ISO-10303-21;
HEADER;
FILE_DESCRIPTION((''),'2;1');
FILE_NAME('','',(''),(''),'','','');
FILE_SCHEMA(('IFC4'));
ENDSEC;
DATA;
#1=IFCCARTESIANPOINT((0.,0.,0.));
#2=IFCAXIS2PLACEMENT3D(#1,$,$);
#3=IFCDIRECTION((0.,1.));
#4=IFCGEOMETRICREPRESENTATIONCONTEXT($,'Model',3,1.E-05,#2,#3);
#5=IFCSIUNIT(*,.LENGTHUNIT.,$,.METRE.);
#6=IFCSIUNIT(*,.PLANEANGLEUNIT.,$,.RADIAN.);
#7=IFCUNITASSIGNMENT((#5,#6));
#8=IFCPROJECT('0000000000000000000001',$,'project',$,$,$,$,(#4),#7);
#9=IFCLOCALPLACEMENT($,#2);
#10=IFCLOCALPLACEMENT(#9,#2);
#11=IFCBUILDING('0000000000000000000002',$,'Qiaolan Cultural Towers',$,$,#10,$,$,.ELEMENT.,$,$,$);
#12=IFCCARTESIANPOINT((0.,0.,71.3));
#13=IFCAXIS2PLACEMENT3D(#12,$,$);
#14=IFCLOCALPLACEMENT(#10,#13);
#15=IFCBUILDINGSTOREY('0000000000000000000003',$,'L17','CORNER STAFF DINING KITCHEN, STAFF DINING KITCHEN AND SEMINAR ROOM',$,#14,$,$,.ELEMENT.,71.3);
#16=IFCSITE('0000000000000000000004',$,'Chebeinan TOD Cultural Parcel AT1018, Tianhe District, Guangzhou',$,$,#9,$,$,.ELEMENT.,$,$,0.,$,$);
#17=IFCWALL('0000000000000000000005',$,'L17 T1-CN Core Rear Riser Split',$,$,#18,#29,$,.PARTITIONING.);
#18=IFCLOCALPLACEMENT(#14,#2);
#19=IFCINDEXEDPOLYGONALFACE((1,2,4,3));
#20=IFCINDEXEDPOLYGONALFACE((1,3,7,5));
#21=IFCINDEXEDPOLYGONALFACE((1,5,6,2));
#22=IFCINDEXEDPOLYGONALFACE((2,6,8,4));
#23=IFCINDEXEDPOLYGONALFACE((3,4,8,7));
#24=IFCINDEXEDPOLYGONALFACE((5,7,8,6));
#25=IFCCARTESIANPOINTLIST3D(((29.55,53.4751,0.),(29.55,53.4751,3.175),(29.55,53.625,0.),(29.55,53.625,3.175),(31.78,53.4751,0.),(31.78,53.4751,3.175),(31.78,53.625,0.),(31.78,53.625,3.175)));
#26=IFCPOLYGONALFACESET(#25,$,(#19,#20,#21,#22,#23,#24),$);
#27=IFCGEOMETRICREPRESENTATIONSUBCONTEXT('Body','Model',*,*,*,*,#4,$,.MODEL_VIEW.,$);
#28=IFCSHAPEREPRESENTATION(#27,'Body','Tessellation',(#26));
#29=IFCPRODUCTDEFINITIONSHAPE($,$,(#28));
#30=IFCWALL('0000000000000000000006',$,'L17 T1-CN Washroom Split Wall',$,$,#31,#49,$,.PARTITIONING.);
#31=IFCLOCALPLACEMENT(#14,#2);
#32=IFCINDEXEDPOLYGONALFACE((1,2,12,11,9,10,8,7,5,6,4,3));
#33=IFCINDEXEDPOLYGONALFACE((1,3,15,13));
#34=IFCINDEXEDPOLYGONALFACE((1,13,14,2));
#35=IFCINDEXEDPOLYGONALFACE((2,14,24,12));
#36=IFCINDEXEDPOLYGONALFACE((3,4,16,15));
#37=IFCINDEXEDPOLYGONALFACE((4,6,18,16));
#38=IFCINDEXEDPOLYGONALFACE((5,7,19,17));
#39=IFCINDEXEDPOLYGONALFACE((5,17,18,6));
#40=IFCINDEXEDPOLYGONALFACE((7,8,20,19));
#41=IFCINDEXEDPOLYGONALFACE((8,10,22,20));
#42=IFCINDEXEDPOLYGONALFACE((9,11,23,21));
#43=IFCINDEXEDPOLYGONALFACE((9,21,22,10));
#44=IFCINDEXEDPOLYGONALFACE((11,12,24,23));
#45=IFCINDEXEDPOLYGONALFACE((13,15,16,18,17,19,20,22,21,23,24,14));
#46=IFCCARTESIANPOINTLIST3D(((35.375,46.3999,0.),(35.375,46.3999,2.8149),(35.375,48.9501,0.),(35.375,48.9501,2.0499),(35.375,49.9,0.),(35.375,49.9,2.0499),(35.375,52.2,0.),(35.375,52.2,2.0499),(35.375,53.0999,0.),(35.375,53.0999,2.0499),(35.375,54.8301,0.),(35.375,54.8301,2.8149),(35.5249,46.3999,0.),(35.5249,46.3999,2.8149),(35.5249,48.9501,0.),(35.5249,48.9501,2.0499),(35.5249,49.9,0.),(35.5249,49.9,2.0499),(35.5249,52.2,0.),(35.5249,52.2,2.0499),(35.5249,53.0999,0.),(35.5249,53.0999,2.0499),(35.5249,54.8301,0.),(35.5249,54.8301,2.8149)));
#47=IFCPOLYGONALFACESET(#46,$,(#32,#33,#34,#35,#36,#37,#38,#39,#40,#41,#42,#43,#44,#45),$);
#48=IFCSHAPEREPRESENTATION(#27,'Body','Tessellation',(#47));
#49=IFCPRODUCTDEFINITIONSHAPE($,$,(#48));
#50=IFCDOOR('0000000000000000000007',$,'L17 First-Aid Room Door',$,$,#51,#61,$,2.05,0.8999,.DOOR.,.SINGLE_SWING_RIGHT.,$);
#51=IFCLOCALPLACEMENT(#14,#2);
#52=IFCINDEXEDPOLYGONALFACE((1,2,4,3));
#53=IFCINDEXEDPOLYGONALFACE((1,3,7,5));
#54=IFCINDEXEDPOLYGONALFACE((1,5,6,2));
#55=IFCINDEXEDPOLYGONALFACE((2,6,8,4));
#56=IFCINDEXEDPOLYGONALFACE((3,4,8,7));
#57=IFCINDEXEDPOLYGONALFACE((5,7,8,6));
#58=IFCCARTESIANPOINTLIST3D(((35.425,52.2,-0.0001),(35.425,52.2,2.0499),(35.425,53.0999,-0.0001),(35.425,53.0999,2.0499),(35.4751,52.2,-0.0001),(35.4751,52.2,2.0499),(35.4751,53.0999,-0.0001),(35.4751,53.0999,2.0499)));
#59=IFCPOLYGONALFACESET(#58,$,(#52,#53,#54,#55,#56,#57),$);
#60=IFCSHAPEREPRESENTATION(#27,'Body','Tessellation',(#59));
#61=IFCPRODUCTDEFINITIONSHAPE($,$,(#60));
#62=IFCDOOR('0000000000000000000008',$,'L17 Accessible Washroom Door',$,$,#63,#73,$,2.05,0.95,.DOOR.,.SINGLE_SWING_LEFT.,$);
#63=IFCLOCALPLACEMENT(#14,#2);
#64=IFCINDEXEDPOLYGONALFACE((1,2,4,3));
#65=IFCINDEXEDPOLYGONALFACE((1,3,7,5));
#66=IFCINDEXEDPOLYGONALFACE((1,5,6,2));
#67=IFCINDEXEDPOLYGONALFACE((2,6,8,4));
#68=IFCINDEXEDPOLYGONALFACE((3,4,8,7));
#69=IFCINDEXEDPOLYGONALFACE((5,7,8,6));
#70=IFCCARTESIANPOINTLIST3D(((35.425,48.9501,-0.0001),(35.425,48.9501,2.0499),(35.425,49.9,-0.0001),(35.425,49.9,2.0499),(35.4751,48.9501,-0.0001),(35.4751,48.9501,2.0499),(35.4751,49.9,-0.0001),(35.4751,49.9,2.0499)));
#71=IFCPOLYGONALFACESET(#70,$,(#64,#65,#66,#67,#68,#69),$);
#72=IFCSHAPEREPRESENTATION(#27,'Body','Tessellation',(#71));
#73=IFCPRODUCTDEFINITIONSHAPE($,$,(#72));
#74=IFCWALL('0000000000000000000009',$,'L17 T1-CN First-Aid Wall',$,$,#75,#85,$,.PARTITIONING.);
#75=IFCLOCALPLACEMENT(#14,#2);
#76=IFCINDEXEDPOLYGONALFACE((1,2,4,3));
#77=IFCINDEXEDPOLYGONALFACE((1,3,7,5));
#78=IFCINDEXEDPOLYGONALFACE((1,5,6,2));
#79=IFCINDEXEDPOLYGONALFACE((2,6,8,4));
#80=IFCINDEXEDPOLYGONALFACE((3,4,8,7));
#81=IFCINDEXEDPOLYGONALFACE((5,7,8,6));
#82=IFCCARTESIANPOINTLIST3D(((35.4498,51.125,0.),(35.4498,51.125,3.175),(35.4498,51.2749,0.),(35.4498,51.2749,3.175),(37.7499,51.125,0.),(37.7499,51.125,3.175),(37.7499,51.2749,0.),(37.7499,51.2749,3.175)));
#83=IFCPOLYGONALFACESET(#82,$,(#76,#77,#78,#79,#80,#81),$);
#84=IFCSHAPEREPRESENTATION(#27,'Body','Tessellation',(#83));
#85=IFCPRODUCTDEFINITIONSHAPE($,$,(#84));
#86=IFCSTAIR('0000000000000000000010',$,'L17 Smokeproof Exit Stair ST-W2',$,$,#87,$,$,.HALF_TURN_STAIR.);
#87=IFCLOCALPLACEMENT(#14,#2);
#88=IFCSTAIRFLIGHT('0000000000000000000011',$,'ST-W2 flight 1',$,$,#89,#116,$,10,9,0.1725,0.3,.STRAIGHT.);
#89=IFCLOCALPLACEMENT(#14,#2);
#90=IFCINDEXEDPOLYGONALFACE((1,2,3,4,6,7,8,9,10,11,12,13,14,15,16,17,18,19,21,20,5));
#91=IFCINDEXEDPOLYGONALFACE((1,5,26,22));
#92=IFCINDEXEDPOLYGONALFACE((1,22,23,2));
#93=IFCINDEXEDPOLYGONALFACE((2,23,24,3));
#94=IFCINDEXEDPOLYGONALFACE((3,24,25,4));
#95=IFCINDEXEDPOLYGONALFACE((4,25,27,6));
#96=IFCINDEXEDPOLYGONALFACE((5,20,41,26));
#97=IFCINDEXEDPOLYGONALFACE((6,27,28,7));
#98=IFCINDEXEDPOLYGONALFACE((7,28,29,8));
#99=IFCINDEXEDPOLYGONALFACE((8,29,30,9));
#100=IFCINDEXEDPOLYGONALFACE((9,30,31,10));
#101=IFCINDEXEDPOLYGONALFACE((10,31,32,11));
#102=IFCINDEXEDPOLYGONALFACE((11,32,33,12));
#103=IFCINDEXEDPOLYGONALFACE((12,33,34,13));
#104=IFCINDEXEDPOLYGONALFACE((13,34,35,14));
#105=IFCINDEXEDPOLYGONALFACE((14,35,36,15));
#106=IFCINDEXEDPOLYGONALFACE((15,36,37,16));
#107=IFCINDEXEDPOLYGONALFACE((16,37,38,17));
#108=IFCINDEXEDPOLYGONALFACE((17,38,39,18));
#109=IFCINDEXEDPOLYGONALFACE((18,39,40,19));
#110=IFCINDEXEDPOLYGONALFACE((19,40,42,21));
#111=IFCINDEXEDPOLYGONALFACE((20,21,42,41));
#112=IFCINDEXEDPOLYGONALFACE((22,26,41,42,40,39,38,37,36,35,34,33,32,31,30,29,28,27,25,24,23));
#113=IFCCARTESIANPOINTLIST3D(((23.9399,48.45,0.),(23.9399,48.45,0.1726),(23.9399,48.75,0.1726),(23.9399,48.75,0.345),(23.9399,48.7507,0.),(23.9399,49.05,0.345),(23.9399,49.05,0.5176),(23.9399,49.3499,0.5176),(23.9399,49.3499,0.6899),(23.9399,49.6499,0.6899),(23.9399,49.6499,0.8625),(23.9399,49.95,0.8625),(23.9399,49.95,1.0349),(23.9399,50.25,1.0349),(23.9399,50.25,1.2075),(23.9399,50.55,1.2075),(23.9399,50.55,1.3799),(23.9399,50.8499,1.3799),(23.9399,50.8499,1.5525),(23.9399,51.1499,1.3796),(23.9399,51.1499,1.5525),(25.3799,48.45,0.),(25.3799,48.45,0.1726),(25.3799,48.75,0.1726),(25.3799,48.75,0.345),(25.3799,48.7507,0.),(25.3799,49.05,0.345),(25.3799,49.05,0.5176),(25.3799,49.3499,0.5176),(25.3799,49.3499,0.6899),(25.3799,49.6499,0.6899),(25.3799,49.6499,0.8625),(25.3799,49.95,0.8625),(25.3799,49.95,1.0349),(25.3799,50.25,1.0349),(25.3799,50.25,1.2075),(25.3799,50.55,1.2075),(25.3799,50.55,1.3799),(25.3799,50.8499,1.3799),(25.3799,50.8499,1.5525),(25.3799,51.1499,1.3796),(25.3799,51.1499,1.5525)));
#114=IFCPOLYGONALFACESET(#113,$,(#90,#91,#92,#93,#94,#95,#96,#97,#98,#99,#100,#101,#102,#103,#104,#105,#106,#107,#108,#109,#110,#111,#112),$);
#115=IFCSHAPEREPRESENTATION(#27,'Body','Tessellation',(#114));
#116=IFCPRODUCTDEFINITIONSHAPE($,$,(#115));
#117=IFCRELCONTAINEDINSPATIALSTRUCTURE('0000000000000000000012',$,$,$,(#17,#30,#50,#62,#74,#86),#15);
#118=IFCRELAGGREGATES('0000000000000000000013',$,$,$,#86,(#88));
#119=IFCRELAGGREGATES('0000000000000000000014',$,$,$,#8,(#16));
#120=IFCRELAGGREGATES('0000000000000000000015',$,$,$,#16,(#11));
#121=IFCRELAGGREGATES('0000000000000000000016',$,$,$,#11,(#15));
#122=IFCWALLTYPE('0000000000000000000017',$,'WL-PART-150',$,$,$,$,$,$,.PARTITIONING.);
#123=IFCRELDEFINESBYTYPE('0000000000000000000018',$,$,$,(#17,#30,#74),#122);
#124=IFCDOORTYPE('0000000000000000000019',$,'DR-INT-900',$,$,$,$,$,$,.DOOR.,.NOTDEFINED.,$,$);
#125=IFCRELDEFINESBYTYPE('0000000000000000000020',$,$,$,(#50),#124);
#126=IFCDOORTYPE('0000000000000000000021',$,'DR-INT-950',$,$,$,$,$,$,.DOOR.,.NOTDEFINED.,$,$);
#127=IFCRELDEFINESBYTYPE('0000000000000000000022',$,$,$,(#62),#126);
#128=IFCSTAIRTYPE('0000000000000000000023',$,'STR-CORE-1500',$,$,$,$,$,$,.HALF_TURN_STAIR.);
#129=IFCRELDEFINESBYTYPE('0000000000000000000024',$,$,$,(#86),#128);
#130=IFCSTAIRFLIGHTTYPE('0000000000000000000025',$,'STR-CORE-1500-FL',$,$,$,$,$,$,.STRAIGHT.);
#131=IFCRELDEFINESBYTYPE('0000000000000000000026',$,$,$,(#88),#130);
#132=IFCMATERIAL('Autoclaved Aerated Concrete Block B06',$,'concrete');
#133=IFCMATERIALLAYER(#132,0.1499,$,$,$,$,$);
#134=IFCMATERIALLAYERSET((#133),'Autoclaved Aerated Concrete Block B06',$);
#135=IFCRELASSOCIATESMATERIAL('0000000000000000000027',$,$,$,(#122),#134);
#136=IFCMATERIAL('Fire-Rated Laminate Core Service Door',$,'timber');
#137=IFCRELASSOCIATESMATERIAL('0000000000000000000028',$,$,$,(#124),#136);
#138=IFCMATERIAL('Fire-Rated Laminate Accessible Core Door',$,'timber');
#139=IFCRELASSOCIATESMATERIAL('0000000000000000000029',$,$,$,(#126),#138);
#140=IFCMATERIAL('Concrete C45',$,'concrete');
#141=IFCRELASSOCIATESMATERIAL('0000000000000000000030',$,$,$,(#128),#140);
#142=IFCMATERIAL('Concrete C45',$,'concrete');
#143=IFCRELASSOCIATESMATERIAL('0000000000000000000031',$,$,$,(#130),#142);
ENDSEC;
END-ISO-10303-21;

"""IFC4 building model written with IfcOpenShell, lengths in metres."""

from ifc_helpers import new_model, si_unit, direction, frame, frame_2d, origin, place, context, subcontext, project, spatial, polyline, rectangle, outline, extrude, material, layer, layer_set, type_object, element, fill, aggregate, save


model = new_model("IFC4")

# Units and contexts
model_context = context("Model", 3, precision=1e-05, world=origin(), true_north=direction((0.0, 1.0)))
body_context = subcontext(model_context, "Body", "Model", "MODEL_VIEW")
ifc_project = project(units=[si_unit("LENGTHUNIT", "METRE"), si_unit("PLANEANGLEUNIT", "RADIAN")], contexts=[model_context])

# Site, building, storey
site_placement = place(None, origin())
site = spatial("IfcSite", under=ifc_project, at=site_placement, Name="Chebeinan TOD Cultural Parcel AT1018, Tianhe District, Guangzhou", CompositionType="ELEMENT", RefElevation=0.0)
building_placement = place(site_placement, origin())
building = spatial("IfcBuilding", under=site, at=building_placement, Name="Qiaolan Cultural Towers", CompositionType="ELEMENT")
storey_placement = place(building_placement, frame((0.0, 0.0, 71.3)))
storey = spatial("IfcBuildingStorey", under=building, at=storey_placement, Name="L17", Description="CORNER STAFF DINING KITCHEN, STAFF DINING KITCHEN AND SEMINAR ROOM", CompositionType="ELEMENT", Elevation=71.3)

# Wall
ifc_material_1 = material(Name="Autoclaved Aerated Concrete Block B06", Category="concrete")
ifc_layer_1 = layer(ifc_material_1, 0.1499)
ifc_layer_set_1 = layer_set([ifc_layer_1], Name="Autoclaved Aerated Concrete Block B06")
wall_type_1 = type_object("IfcWallType", Name="WL-PART-150", PredefinedType="PARTITIONING", material=ifc_layer_set_1)
wall_1_placement = place(storey_placement, frame((29.55, 53.55, 0.0), z_axis=(0.0, 0.0, 1.0), x_axis=(1.0, 0.0, 0.0)))
element("IfcWall", 1, at=wall_1_placement, inside=storey, type_object=wall_type_1, Name="L17 T1-CN Core Rear Riser Split", PredefinedType="PARTITIONING", context=body_context, shape_type="SweptSolid", body=[
    extrude(rectangle(XDim=2.23, YDim=0.1499, at=frame_2d((1.115, 0.0))), origin(), (0.0, 0.0, 1.0), 3.175),
])

# Wall, openings, doors
wall_2_placement = place(storey_placement, frame((35.45, 46.3999, 0.0), z_axis=(0.0, 0.0, 1.0), x_axis=(0.0, 1.0, 0.0)))
wall_2 = element("IfcWall", 2, at=wall_2_placement, inside=storey, type_object=wall_type_1, Name="L17 T1-CN Washroom Split Wall", PredefinedType="PARTITIONING", context=body_context, shape_type="SweptSolid", body=[
    extrude(rectangle(XDim=8.4302, YDim=0.1499, at=frame_2d((4.2151, 0.0))), origin(), (0.0, 0.0, 1.0), 2.8149),
])
opening_1_placement = place(wall_2_placement, frame((2.55, 0.0, 0.0)))
opening_1 = element("IfcOpeningElement", 3, at=opening_1_placement, cuts=wall_2, PredefinedType="OPENING", context=body_context, shape_type="SweptSolid", body=[
    extrude(rectangle(XDim=0.95, YDim=2.05, at=frame_2d((0.4751, 1.0249))), frame((0.0, 0.085, 0.0), z_axis=(0.0, -1.0, 0.0), x_axis=(1.0, 0.0, 0.0)), (0.0, 0.0, 1.0), 0.1699),
])
opening_2_placement = place(wall_2_placement, frame((5.8, 0.0, 0.0)))
opening_2 = element("IfcOpeningElement", 4, at=opening_2_placement, cuts=wall_2, PredefinedType="OPENING", context=body_context, shape_type="SweptSolid", body=[
    extrude(rectangle(XDim=0.8999, YDim=2.05, at=frame_2d((0.45, 1.0249))), frame((0.0, 0.085, 0.0), z_axis=(0.0, -1.0, 0.0), x_axis=(1.0, 0.0, 0.0)), (0.0, 0.0, 1.0), 0.1699),
])
ifc_material_2 = material(Name="Fire-Rated Laminate Core Service Door", Category="timber")
door_type_1 = type_object("IfcDoorType", Name="DR-INT-900", OperationType="NOTDEFINED", PredefinedType="DOOR", material=ifc_material_2)
door_1_placement = place(opening_2_placement, origin())
door_1 = element("IfcDoor", 5, at=door_1_placement, inside=storey, type_object=door_type_1, Name="L17 First-Aid Room Door", OperationType="SINGLE_SWING_RIGHT", OverallHeight=2.05, OverallWidth=0.8999, PredefinedType="DOOR", context=body_context, shape_type="SweptSolid", body=[
    extrude(rectangle(XDim=0.8999, YDim=2.05, at=frame_2d((0.45, 1.0249))), frame((0.0, 0.0249, 0.0), z_axis=(0.0, -1.0, 0.0), x_axis=(1.0, 0.0, 0.0)), (0.0, 0.0, 1.0), 0.05),
])
fill(opening_2, door_1)
ifc_material_3 = material(Name="Fire-Rated Laminate Accessible Core Door", Category="timber")
door_type_2 = type_object("IfcDoorType", Name="DR-INT-950", OperationType="NOTDEFINED", PredefinedType="DOOR", material=ifc_material_3)
door_2_placement = place(opening_1_placement, origin())
door_2 = element("IfcDoor", 6, at=door_2_placement, inside=storey, type_object=door_type_2, Name="L17 Accessible Washroom Door", OperationType="SINGLE_SWING_LEFT", OverallHeight=2.05, OverallWidth=0.95, PredefinedType="DOOR", context=body_context, shape_type="SweptSolid", body=[
    extrude(rectangle(XDim=0.95, YDim=2.05, at=frame_2d((0.4751, 1.0249))), frame((0.0, 0.0249, 0.0), z_axis=(0.0, -1.0, 0.0), x_axis=(1.0, 0.0, 0.0)), (0.0, 0.0, 1.0), 0.05),
])
fill(opening_1, door_2)

# Wall
wall_3_placement = place(storey_placement, frame((35.45, 51.2, 0.0), z_axis=(0.0, 0.0, 1.0), x_axis=(1.0, 0.0, 0.0)))
element("IfcWall", 7, at=wall_3_placement, inside=storey, type_object=wall_type_1, Name="L17 T1-CN First-Aid Wall", PredefinedType="PARTITIONING", context=body_context, shape_type="SweptSolid", body=[
    extrude(rectangle(XDim=2.3, YDim=0.1499, at=frame_2d((1.1499, 0.0))), origin(), (0.0, 0.0, 1.0), 3.175),
])

# Stair, stair flight
ifc_material_4 = material(Name="Concrete C45", Category="concrete")
stair_type = type_object("IfcStairType", Name="STR-CORE-1500", PredefinedType="HALF_TURN_STAIR", material=ifc_material_4)
stair_placement = place(storey_placement, origin())
stair = element("IfcStair", 8, at=stair_placement, inside=storey, type_object=stair_type, Name="L17 Smokeproof Exit Stair ST-W2", PredefinedType="HALF_TURN_STAIR")
ifc_material_5 = material(Name="Concrete C45", Category="concrete")
stair_flight_type = type_object("IfcStairFlightType", Name="STR-CORE-1500-FL", PredefinedType="STRAIGHT", material=ifc_material_5)
stair_flight_placement = place(storey_placement, frame((24.6599, 48.45, 0.0), z_axis=(0.0, 0.0, 1.0), x_axis=(0.0, 1.0, 0.0)))
stair_flight = element("IfcStairFlight", 9, at=stair_flight_placement, type_object=stair_flight_type, Name="ST-W2 flight 1", NumberOfRisers=10, NumberOfTreads=9, PredefinedType="STRAIGHT", RiserHeight=0.1725, TreadLength=0.3, context=body_context, shape_type="SweptSolid", body=[
    extrude(outline(polyline([(0.0, 0.0), (0.0, 0.1726), (0.3, 0.1726), (0.3, 0.345), (0.6001, 0.345), (0.6001, 0.5176), (0.8999, 0.5176), (0.8999, 0.6899), (1.2, 0.6899), (1.2, 0.8625), (1.5, 0.8625), (1.5, 1.0349), (1.8, 1.0349), (1.8, 1.2075), (2.1001, 1.2075), (2.1001, 1.3799), (2.3999, 1.3799), (2.3999, 1.5525), (2.7, 1.5525), (2.7, 1.7251), (2.7, 1.3796), (0.3008, 0.0), (0.0, 0.0)])), frame((0.0, 0.72, 0.0), z_axis=(0.0, -1.0, 0.0), x_axis=(1.0, 0.0, 0.0)), (0.0, 0.0, 1.0), 1.4399),
])
aggregate(stair, [stair_flight])

save(model, "model.ifc")
